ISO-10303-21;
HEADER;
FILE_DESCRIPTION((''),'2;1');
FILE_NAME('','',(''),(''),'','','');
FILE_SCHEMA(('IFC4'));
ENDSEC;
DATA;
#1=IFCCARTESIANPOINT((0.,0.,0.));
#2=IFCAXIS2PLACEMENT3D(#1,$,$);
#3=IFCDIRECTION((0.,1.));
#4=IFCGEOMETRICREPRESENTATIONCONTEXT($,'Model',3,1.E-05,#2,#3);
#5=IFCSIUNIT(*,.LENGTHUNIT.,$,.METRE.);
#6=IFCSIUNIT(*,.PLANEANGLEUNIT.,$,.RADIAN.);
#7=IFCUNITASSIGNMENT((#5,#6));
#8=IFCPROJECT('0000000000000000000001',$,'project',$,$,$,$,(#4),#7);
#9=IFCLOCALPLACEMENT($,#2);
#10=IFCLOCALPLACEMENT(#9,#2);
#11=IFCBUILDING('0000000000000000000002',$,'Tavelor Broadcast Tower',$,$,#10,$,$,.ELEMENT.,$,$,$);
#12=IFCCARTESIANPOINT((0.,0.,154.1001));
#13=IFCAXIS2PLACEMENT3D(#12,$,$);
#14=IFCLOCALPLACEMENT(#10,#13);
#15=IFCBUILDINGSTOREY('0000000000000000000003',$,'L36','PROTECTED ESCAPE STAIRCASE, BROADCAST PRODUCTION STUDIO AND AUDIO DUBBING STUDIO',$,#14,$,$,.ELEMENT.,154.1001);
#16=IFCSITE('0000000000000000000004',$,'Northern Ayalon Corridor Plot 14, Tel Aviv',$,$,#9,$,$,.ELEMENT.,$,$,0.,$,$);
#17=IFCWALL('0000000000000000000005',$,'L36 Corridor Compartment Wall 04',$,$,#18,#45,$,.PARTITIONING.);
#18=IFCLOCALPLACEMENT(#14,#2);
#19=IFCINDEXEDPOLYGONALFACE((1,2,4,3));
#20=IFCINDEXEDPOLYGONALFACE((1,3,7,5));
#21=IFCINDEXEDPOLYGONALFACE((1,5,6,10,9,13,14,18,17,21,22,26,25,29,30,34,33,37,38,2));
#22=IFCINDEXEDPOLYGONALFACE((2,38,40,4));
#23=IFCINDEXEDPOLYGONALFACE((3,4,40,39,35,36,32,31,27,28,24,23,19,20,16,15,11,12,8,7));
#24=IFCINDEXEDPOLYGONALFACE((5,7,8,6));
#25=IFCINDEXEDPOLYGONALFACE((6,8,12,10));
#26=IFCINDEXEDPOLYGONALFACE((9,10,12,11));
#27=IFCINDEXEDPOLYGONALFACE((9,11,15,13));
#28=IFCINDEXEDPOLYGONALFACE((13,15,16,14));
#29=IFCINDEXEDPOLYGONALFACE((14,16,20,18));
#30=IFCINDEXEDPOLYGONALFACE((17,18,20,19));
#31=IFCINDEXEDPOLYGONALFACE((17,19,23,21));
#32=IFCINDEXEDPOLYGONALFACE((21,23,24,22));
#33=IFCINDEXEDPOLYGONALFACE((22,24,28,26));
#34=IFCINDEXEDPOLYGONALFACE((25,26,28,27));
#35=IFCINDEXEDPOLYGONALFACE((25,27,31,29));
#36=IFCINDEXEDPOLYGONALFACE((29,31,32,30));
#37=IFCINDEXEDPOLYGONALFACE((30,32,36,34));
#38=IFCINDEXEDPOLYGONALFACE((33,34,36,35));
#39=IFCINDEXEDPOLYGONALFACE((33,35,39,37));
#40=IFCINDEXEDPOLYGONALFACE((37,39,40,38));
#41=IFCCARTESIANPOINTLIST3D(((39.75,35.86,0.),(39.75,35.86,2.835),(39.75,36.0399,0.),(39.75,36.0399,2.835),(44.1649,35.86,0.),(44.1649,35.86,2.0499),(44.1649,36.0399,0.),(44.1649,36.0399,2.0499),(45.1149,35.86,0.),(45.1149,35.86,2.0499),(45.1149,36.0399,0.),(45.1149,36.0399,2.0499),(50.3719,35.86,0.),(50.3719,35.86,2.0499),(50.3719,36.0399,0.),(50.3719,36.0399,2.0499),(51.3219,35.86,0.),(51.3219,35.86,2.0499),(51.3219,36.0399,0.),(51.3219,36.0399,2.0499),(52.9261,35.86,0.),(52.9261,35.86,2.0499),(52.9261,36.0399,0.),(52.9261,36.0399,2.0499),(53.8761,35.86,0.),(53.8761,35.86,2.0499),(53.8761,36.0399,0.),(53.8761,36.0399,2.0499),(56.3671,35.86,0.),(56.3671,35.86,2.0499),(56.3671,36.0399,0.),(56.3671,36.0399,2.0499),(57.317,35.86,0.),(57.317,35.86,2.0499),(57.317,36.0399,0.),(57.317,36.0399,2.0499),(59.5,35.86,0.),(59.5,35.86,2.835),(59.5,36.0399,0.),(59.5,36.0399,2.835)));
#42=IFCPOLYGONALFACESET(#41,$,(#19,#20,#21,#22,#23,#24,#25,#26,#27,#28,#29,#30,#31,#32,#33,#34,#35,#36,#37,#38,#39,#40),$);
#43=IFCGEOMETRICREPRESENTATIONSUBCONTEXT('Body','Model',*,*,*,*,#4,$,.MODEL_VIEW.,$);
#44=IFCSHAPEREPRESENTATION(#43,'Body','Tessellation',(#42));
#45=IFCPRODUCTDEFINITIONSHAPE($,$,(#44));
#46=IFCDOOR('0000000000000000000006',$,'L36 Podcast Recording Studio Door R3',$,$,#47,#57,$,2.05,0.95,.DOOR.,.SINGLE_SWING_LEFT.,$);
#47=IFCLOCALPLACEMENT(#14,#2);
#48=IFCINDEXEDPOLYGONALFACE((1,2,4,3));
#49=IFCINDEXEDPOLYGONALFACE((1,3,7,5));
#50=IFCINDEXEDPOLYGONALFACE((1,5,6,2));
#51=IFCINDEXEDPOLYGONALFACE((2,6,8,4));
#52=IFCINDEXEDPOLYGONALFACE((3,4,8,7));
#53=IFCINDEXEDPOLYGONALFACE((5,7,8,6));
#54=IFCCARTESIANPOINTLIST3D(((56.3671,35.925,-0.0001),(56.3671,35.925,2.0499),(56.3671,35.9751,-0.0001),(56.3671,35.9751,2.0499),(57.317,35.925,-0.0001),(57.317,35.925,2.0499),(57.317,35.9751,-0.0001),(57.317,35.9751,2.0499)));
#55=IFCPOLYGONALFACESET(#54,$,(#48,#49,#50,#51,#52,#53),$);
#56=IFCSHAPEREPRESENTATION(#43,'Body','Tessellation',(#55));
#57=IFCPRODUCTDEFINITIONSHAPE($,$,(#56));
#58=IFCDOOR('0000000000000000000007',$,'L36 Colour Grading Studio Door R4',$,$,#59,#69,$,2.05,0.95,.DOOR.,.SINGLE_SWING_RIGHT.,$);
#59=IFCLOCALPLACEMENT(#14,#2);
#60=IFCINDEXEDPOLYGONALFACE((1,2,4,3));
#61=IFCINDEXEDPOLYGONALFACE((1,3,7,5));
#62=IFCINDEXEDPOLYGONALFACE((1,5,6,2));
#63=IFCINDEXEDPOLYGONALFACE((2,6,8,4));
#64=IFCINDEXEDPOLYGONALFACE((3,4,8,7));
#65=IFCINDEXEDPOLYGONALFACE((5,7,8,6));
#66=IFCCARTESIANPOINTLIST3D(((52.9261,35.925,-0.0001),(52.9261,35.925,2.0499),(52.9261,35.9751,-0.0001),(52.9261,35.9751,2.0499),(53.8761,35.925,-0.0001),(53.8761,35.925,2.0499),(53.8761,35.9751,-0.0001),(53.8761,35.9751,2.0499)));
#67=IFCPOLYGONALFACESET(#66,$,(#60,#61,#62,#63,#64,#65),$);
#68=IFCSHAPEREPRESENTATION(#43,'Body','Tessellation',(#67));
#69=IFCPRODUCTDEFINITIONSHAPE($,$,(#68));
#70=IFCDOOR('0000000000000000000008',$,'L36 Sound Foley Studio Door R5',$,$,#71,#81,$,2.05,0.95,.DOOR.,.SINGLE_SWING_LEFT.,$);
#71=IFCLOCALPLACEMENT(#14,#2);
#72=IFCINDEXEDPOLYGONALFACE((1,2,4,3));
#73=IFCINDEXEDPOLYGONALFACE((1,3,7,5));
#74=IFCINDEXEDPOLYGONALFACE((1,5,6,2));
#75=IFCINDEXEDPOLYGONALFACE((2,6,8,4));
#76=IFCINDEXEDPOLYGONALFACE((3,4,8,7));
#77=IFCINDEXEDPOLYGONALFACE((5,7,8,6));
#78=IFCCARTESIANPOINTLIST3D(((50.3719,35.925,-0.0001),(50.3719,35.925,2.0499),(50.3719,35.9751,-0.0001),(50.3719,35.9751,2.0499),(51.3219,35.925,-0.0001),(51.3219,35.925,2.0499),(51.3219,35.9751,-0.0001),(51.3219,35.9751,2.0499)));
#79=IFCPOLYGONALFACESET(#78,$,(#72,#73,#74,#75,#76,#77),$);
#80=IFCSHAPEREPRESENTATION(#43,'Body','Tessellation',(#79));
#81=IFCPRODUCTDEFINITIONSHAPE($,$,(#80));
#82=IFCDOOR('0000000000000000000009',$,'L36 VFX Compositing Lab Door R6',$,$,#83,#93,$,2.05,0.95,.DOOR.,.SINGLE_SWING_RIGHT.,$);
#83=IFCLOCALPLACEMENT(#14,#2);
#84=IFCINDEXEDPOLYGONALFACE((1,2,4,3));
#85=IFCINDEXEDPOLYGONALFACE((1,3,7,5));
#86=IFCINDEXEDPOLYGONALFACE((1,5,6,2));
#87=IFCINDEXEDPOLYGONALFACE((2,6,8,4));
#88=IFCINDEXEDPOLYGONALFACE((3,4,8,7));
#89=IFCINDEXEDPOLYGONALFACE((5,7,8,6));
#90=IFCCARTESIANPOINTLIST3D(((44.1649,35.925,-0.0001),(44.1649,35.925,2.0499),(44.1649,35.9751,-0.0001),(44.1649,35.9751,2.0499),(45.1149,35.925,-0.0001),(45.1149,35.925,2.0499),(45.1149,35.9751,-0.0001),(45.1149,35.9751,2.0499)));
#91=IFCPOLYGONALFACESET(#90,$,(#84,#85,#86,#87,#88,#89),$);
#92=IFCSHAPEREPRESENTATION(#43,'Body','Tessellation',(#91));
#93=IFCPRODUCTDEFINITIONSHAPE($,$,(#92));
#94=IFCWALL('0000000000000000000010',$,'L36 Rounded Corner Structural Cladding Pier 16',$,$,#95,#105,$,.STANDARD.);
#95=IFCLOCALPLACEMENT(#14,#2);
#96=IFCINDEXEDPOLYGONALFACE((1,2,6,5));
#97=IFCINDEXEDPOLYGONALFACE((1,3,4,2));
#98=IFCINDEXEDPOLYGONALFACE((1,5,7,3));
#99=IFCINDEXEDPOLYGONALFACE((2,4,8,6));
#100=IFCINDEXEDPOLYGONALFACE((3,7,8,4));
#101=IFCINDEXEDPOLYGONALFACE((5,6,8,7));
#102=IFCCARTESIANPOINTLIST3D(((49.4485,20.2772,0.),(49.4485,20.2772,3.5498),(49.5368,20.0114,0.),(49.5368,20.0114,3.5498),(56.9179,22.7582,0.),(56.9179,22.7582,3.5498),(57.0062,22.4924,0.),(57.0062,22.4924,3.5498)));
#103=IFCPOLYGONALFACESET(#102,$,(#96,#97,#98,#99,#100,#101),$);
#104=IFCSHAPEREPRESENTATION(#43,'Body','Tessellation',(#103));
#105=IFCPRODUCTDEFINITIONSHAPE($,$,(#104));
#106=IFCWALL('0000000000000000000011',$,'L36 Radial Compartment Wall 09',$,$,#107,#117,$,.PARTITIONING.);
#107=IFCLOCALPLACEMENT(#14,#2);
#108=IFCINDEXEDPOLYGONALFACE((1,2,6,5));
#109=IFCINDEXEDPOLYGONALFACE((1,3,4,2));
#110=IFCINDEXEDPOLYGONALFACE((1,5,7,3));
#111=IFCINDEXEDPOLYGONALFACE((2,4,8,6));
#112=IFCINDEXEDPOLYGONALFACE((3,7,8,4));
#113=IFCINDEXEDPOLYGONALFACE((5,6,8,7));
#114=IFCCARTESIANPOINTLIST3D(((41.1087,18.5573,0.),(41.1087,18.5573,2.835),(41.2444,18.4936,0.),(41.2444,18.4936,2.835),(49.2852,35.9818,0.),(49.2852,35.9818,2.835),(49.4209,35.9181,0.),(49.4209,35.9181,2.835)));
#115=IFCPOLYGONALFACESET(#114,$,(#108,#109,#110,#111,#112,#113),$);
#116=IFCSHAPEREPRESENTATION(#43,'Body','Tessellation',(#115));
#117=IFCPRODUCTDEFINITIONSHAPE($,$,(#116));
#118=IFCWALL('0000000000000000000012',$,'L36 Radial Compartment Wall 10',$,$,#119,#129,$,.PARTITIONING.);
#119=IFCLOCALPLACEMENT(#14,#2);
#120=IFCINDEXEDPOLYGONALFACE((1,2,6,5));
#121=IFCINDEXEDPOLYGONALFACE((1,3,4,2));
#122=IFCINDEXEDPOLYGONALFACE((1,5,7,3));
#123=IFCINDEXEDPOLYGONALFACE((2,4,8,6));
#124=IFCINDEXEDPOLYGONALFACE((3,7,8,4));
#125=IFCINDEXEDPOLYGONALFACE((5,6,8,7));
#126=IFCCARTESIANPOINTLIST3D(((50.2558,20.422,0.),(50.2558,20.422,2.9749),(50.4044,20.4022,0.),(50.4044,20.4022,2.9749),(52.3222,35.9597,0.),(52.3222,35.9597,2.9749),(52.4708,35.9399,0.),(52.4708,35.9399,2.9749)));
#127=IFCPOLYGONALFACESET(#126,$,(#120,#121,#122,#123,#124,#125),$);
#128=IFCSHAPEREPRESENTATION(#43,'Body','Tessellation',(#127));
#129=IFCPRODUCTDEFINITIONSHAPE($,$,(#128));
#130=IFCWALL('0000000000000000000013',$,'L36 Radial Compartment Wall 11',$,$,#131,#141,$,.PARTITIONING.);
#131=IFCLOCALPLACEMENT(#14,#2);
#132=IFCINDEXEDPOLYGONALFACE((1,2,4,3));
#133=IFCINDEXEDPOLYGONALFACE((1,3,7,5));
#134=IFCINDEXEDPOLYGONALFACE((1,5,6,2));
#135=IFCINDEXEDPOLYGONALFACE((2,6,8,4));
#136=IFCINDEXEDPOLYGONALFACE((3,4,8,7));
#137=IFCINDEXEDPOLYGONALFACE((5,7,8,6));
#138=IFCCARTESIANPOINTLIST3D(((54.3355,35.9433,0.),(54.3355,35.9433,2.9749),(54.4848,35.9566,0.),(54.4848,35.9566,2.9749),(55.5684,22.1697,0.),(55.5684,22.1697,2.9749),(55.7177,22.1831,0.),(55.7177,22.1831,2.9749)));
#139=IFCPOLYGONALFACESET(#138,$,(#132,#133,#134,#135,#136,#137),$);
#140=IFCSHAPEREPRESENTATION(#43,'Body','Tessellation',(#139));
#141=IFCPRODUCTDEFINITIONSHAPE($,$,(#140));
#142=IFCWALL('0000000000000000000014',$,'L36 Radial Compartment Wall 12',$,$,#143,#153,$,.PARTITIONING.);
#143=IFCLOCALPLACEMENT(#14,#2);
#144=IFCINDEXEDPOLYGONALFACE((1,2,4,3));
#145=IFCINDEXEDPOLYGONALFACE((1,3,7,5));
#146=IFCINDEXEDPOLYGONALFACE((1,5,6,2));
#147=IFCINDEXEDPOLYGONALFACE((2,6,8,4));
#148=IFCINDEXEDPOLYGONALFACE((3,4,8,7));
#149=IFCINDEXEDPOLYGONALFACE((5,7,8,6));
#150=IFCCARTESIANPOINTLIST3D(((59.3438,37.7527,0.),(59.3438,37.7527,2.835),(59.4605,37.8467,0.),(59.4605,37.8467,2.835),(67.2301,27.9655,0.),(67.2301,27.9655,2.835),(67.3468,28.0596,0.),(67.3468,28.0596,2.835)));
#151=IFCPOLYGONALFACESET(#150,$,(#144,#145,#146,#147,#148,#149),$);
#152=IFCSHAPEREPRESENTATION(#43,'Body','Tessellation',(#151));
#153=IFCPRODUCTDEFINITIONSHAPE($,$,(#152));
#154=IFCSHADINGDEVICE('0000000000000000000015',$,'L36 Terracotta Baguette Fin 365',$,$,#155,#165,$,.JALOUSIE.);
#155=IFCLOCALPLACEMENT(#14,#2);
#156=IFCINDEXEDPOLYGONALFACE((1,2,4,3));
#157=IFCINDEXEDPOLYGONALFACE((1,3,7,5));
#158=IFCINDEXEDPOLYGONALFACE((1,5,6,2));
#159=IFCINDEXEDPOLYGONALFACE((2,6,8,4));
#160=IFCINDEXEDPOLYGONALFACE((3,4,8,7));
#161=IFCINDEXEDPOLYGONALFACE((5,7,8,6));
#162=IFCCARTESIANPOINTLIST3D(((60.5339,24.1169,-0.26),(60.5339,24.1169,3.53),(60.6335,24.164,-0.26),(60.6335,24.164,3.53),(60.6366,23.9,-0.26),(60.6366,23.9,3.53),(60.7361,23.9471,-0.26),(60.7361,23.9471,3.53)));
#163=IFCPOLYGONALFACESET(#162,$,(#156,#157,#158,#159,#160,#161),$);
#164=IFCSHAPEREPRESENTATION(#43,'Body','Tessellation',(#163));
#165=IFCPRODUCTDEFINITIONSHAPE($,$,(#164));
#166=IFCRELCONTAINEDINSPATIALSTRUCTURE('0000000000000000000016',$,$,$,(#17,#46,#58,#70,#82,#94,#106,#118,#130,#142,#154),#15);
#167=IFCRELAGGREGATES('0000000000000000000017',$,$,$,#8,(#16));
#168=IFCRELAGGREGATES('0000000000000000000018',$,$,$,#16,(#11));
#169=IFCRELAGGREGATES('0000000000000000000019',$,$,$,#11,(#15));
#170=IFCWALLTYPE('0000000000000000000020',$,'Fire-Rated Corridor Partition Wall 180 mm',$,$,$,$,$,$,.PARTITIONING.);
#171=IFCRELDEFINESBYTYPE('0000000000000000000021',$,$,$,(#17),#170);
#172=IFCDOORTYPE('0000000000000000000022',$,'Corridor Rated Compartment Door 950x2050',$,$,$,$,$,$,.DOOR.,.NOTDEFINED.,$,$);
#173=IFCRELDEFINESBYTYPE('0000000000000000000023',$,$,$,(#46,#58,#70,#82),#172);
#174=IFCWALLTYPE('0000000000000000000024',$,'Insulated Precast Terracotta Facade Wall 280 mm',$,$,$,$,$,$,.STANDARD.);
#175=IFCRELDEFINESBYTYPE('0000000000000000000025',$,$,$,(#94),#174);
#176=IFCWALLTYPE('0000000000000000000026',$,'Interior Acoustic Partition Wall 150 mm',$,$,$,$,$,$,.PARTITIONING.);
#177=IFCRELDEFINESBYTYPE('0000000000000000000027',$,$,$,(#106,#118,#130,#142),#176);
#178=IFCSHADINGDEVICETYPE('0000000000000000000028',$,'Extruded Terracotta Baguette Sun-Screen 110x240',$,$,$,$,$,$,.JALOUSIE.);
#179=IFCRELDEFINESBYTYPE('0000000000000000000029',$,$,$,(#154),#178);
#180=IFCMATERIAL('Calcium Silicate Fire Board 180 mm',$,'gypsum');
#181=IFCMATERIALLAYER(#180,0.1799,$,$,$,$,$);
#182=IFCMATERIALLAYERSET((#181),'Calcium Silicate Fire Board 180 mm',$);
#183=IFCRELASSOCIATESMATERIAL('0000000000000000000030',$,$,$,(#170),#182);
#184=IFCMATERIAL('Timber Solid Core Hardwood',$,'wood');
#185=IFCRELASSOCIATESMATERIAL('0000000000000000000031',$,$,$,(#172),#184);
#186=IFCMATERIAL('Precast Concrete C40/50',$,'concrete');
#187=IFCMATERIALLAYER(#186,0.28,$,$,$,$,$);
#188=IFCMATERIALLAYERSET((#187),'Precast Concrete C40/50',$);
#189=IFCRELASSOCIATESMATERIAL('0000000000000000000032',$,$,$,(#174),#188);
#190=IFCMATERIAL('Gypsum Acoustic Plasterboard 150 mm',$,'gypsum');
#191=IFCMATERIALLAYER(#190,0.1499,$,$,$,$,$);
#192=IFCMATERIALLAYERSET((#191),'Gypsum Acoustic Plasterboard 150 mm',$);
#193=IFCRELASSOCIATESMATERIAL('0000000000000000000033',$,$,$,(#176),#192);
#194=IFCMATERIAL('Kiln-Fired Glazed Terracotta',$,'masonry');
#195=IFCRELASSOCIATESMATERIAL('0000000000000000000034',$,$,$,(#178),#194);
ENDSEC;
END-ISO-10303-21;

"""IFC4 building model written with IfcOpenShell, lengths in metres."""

from ifc_helpers import new_model, si_unit, direction, frame, frame_2d, origin, origin_2d, place, context, subcontext, project, spatial, rectangle, extrude, source, transform, mapped, material, layer, layer_set, type_object, type_shapes, element, fill, save


model = new_model("IFC4")

# Units and contexts
model_context = context("Model", 3, precision=1e-05, world=origin(), true_north=direction((0.0, 1.0)))
body_context = subcontext(model_context, "Body", "Model", "MODEL_VIEW")
ifc_project = project(units=[si_unit("LENGTHUNIT", "METRE"), si_unit("PLANEANGLEUNIT", "RADIAN")], contexts=[model_context])

# Site, building, storey
site_placement = place(None, origin())
site = spatial("IfcSite", under=ifc_project, at=site_placement, Name="Northern Ayalon Corridor Plot 14, Tel Aviv", CompositionType="ELEMENT", RefElevation=0.0)
building_placement = place(site_placement, origin())
building = spatial("IfcBuilding", under=site, at=building_placement, Name="Tavelor Broadcast Tower", CompositionType="ELEMENT")
storey_placement = place(building_placement, frame((0.0, 0.0, 154.1001)))
storey = spatial("IfcBuildingStorey", under=building, at=storey_placement, Name="L36", Description="PROTECTED ESCAPE STAIRCASE, BROADCAST PRODUCTION STUDIO AND AUDIO DUBBING STUDIO", CompositionType="ELEMENT", Elevation=154.1001)

# Wall, openings, doors
ifc_material_1 = material(Name="Calcium Silicate Fire Board 180 mm", Category="gypsum")
ifc_layer_1 = layer(ifc_material_1, 0.1799)
ifc_layer_set_1 = layer_set([ifc_layer_1], Name="Calcium Silicate Fire Board 180 mm")
wall_type_1 = type_object("IfcWallType", Name="Fire-Rated Corridor Partition Wall 180 mm", PredefinedType="PARTITIONING", material=ifc_layer_set_1)
wall_1_placement = place(storey_placement, frame((59.5, 35.95, 0.0), z_axis=(0.0, 0.0, 1.0), x_axis=(-1.0, 0.0, 0.0)))
wall_1 = element("IfcWall", 1, at=wall_1_placement, inside=storey, type_object=wall_type_1, Name="L36 Corridor Compartment Wall 04", PredefinedType="PARTITIONING", context=body_context, shape_type="SweptSolid", body=[
    extrude(rectangle(XDim=19.75, YDim=0.1799, at=frame_2d((9.875, 0.0))), origin(), (0.0, 0.0, 1.0), 2.835),
])
opening_1_placement = place(wall_1_placement, frame((2.1829, 0.0, 0.0)))
opening_1 = element("IfcOpeningElement", 2, at=opening_1_placement, cuts=wall_1, PredefinedType="OPENING", context=body_context, shape_type="SweptSolid", body=[
    extrude(rectangle(XDim=0.95, YDim=2.05, at=frame_2d((0.4751, 1.0249))), frame((0.0, 0.1001, 0.0), z_axis=(0.0, -1.0, 0.0), x_axis=(1.0, 0.0, 0.0)), (0.0, 0.0, 1.0), 0.2),
])
opening_2_placement = place(wall_1_placement, frame((5.6238, 0.0, 0.0)))
opening_2 = element("IfcOpeningElement", 3, at=opening_2_placement, cuts=wall_1, PredefinedType="OPENING", context=body_context, shape_type="SweptSolid", body=[
    extrude(rectangle(XDim=0.95, YDim=2.05, at=frame_2d((0.4751, 1.0249))), frame((0.0, 0.1001, 0.0), z_axis=(0.0, -1.0, 0.0), x_axis=(1.0, 0.0, 0.0)), (0.0, 0.0, 1.0), 0.2),
])
opening_3_placement = place(wall_1_placement, frame((8.178, 0.0, 0.0)))
opening_3 = element("IfcOpeningElement", 4, at=opening_3_placement, cuts=wall_1, PredefinedType="OPENING", context=body_context, shape_type="SweptSolid", body=[
    extrude(rectangle(XDim=0.95, YDim=2.05, at=frame_2d((0.4751, 1.0249))), frame((0.0, 0.1001, 0.0), z_axis=(0.0, -1.0, 0.0), x_axis=(1.0, 0.0, 0.0)), (0.0, 0.0, 1.0), 0.2),
])
opening_4_placement = place(wall_1_placement, frame((14.385, 0.0, 0.0)))
opening_4 = element("IfcOpeningElement", 5, at=opening_4_placement, cuts=wall_1, PredefinedType="OPENING", context=body_context, shape_type="SweptSolid", body=[
    extrude(rectangle(XDim=0.95, YDim=2.05, at=frame_2d((0.4751, 1.0249))), frame((0.0, 0.1001, 0.0), z_axis=(0.0, -1.0, 0.0), x_axis=(1.0, 0.0, 0.0)), (0.0, 0.0, 1.0), 0.2),
])
ifc_material_2 = material(Name="Timber Solid Core Hardwood", Category="wood")
door_type = type_object("IfcDoorType", Name="Corridor Rated Compartment Door 950x2050", OperationType="NOTDEFINED", PredefinedType="DOOR", material=ifc_material_2)
door_1_placement = place(opening_1_placement, origin())
door_1 = element("IfcDoor", 6, at=door_1_placement, inside=storey, type_object=door_type, Name="L36 Podcast Recording Studio Door R3", OperationType="SINGLE_SWING_LEFT", OverallHeight=2.05, OverallWidth=0.95, PredefinedType="DOOR", context=body_context, shape_type="SweptSolid", body=[
    extrude(rectangle(XDim=0.95, YDim=2.05, at=frame_2d((0.4751, 1.0249))), frame((0.0, 0.0249, 0.0), z_axis=(0.0, -1.0, 0.0), x_axis=(1.0, 0.0, 0.0)), (0.0, 0.0, 1.0), 0.05),
])
fill(opening_1, door_1)
door_2_placement = place(opening_2_placement, origin())
door_2 = element("IfcDoor", 7, at=door_2_placement, inside=storey, type_object=door_type, Name="L36 Colour Grading Studio Door R4", OperationType="SINGLE_SWING_RIGHT", OverallHeight=2.05, OverallWidth=0.95, PredefinedType="DOOR", context=body_context, shape_type="SweptSolid", body=[
    extrude(rectangle(XDim=0.95, YDim=2.05, at=frame_2d((0.4751, 1.0249))), frame((0.0, 0.0249, 0.0), z_axis=(0.0, -1.0, 0.0), x_axis=(1.0, 0.0, 0.0)), (0.0, 0.0, 1.0), 0.05),
])
fill(opening_2, door_2)
door_3_placement = place(opening_3_placement, origin())
door_3 = element("IfcDoor", 8, at=door_3_placement, inside=storey, type_object=door_type, Name="L36 Sound Foley Studio Door R5", OperationType="SINGLE_SWING_LEFT", OverallHeight=2.05, OverallWidth=0.95, PredefinedType="DOOR", context=body_context, shape_type="SweptSolid", body=[
    extrude(rectangle(XDim=0.95, YDim=2.05, at=frame_2d((0.4751, 1.0249))), frame((0.0, 0.0249, 0.0), z_axis=(0.0, -1.0, 0.0), x_axis=(1.0, 0.0, 0.0)), (0.0, 0.0, 1.0), 0.05),
])
fill(opening_3, door_3)
door_4_placement = place(opening_4_placement, origin())
door_4 = element("IfcDoor", 9, at=door_4_placement, inside=storey, type_object=door_type, Name="L36 VFX Compositing Lab Door R6", OperationType="SINGLE_SWING_RIGHT", OverallHeight=2.05, OverallWidth=0.95, PredefinedType="DOOR", context=body_context, shape_type="SweptSolid", body=[
    extrude(rectangle(XDim=0.95, YDim=2.05, at=frame_2d((0.4751, 1.0249))), frame((0.0, 0.0249, 0.0), z_axis=(0.0, -1.0, 0.0), x_axis=(1.0, 0.0, 0.0)), (0.0, 0.0, 1.0), 0.05),
])
fill(opening_4, door_4)

# Walls
ifc_material_3 = material(Name="Precast Concrete C40/50", Category="concrete")
ifc_layer_2 = layer(ifc_material_3, 0.28)
ifc_layer_set_2 = layer_set([ifc_layer_2], Name="Precast Concrete C40/50")
wall_type_2 = type_object("IfcWallType", Name="Insulated Precast Terracotta Facade Wall 280 mm", PredefinedType="STANDARD", material=ifc_layer_set_2)
wall_2_placement = place(storey_placement, frame((49.4927, 20.1443, 0.0), z_axis=(0.0, 0.0, 1.0), x_axis=(0.949018, 0.315223, 0.0)))
element("IfcWall", 10, at=wall_2_placement, inside=storey, type_object=wall_type_2, Name="L36 Rounded Corner Structural Cladding Pier 16", PredefinedType="STANDARD", context=body_context, shape_type="SweptSolid", body=[
    extrude(rectangle(XDim=7.8706, YDim=0.28, at=frame_2d((3.9353, 0.0))), origin(), (0.0, 0.0, 1.0), 3.5498),
])
ifc_material_4 = material(Name="Gypsum Acoustic Plasterboard 150 mm", Category="gypsum")
ifc_layer_3 = layer(ifc_material_4, 0.1499)
ifc_layer_set_3 = layer_set([ifc_layer_3], Name="Gypsum Acoustic Plasterboard 150 mm")
wall_type_3 = type_object("IfcWallType", Name="Interior Acoustic Partition Wall 150 mm", PredefinedType="PARTITIONING", material=ifc_layer_set_3)
wall_3_placement = place(storey_placement, frame((49.353, 35.95, 0.0), z_axis=(0.0, 0.0, 1.0), x_axis=(-0.424807, -0.905284, 0.0)))
element("IfcWall", 11, at=wall_3_placement, inside=storey, type_object=wall_type_3, Name="L36 Radial Compartment Wall 09", PredefinedType="PARTITIONING", context=body_context, shape_type="SweptSolid", body=[
    extrude(rectangle(XDim=19.2476, YDim=0.1499, at=frame_2d((9.6238, 0.0))), origin(), (0.0, 0.0, 1.0), 2.835),
])
wall_4_placement = place(storey_placement, frame((52.3965, 35.95, 0.0), z_axis=(0.0, 0.0, 1.0), x_axis=(-0.131831, -0.991272, 0.0)))
element("IfcWall", 12, at=wall_4_placement, inside=storey, type_object=wall_type_3, Name="L36 Radial Compartment Wall 10", PredefinedType="PARTITIONING", context=body_context, shape_type="SweptSolid", body=[
    extrude(rectangle(XDim=15.6746, YDim=0.1499, at=frame_2d((7.8374, 0.0))), origin(), (0.0, 0.0, 1.0), 2.9749),
])
wall_5_placement = place(storey_placement, frame((54.4102, 35.95, 0.0), z_axis=(0.0, 0.0, 1.0), x_axis=(0.089157, -0.996018, 0.0)))
element("IfcWall", 13, at=wall_5_placement, inside=storey, type_object=wall_type_3, Name="L36 Radial Compartment Wall 11", PredefinedType="PARTITIONING", context=body_context, shape_type="SweptSolid", body=[
    extrude(rectangle(XDim=13.8286, YDim=0.1499, at=frame_2d((6.9143, 0.0))), origin(), (0.0, 0.0, 1.0), 2.9749),
])
wall_6_placement = place(storey_placement, frame((59.4021, 37.7998, 0.0), z_axis=(0.0, 0.0, 1.0), x_axis=(0.627434, -0.77867, 0.0)))
element("IfcWall", 14, at=wall_6_placement, inside=storey, type_object=wall_type_3, Name="L36 Radial Compartment Wall 12", PredefinedType="PARTITIONING", context=body_context, shape_type="SweptSolid", body=[
    extrude(rectangle(XDim=12.5691, YDim=0.1499, at=frame_2d((6.2847, 0.0))), origin(), (0.0, 0.0, 1.0), 2.835),
])

# Shading device
ifc_material_5 = material(Name="Kiln-Fired Glazed Terracotta", Category="masonry")
shading_device_type = type_object("IfcShadingDeviceType", Name="Extruded Terracotta Baguette Sun-Screen 110x240", PredefinedType="JALOUSIE", material=ifc_material_5)
shared_shape_1 = source(origin(), body_context, "Body", "SweptSolid", [
    extrude(rectangle(XDim=0.1101, YDim=0.24, at=origin_2d()), origin(), (0.0, 0.0, 1.0), 3.79),
])
type_shapes(shading_device_type, [shared_shape_1])
shading_device_placement = place(storey_placement, frame((60.635, 24.032, -0.26), z_axis=(0.0, 0.0, 1.0), x_axis=(0.903933, 0.427673, 0.0)))
element("IfcShadingDevice", 15, at=shading_device_placement, inside=storey, type_object=shading_device_type, Name="L36 Terracotta Baguette Fin 365", PredefinedType="JALOUSIE", context=body_context, shape_type="MappedRepresentation", body=[
    mapped(shared_shape_1, transform((0.0, 0.0, 0.0), scale=1.0)),
])

save(model, "model.ifc")
